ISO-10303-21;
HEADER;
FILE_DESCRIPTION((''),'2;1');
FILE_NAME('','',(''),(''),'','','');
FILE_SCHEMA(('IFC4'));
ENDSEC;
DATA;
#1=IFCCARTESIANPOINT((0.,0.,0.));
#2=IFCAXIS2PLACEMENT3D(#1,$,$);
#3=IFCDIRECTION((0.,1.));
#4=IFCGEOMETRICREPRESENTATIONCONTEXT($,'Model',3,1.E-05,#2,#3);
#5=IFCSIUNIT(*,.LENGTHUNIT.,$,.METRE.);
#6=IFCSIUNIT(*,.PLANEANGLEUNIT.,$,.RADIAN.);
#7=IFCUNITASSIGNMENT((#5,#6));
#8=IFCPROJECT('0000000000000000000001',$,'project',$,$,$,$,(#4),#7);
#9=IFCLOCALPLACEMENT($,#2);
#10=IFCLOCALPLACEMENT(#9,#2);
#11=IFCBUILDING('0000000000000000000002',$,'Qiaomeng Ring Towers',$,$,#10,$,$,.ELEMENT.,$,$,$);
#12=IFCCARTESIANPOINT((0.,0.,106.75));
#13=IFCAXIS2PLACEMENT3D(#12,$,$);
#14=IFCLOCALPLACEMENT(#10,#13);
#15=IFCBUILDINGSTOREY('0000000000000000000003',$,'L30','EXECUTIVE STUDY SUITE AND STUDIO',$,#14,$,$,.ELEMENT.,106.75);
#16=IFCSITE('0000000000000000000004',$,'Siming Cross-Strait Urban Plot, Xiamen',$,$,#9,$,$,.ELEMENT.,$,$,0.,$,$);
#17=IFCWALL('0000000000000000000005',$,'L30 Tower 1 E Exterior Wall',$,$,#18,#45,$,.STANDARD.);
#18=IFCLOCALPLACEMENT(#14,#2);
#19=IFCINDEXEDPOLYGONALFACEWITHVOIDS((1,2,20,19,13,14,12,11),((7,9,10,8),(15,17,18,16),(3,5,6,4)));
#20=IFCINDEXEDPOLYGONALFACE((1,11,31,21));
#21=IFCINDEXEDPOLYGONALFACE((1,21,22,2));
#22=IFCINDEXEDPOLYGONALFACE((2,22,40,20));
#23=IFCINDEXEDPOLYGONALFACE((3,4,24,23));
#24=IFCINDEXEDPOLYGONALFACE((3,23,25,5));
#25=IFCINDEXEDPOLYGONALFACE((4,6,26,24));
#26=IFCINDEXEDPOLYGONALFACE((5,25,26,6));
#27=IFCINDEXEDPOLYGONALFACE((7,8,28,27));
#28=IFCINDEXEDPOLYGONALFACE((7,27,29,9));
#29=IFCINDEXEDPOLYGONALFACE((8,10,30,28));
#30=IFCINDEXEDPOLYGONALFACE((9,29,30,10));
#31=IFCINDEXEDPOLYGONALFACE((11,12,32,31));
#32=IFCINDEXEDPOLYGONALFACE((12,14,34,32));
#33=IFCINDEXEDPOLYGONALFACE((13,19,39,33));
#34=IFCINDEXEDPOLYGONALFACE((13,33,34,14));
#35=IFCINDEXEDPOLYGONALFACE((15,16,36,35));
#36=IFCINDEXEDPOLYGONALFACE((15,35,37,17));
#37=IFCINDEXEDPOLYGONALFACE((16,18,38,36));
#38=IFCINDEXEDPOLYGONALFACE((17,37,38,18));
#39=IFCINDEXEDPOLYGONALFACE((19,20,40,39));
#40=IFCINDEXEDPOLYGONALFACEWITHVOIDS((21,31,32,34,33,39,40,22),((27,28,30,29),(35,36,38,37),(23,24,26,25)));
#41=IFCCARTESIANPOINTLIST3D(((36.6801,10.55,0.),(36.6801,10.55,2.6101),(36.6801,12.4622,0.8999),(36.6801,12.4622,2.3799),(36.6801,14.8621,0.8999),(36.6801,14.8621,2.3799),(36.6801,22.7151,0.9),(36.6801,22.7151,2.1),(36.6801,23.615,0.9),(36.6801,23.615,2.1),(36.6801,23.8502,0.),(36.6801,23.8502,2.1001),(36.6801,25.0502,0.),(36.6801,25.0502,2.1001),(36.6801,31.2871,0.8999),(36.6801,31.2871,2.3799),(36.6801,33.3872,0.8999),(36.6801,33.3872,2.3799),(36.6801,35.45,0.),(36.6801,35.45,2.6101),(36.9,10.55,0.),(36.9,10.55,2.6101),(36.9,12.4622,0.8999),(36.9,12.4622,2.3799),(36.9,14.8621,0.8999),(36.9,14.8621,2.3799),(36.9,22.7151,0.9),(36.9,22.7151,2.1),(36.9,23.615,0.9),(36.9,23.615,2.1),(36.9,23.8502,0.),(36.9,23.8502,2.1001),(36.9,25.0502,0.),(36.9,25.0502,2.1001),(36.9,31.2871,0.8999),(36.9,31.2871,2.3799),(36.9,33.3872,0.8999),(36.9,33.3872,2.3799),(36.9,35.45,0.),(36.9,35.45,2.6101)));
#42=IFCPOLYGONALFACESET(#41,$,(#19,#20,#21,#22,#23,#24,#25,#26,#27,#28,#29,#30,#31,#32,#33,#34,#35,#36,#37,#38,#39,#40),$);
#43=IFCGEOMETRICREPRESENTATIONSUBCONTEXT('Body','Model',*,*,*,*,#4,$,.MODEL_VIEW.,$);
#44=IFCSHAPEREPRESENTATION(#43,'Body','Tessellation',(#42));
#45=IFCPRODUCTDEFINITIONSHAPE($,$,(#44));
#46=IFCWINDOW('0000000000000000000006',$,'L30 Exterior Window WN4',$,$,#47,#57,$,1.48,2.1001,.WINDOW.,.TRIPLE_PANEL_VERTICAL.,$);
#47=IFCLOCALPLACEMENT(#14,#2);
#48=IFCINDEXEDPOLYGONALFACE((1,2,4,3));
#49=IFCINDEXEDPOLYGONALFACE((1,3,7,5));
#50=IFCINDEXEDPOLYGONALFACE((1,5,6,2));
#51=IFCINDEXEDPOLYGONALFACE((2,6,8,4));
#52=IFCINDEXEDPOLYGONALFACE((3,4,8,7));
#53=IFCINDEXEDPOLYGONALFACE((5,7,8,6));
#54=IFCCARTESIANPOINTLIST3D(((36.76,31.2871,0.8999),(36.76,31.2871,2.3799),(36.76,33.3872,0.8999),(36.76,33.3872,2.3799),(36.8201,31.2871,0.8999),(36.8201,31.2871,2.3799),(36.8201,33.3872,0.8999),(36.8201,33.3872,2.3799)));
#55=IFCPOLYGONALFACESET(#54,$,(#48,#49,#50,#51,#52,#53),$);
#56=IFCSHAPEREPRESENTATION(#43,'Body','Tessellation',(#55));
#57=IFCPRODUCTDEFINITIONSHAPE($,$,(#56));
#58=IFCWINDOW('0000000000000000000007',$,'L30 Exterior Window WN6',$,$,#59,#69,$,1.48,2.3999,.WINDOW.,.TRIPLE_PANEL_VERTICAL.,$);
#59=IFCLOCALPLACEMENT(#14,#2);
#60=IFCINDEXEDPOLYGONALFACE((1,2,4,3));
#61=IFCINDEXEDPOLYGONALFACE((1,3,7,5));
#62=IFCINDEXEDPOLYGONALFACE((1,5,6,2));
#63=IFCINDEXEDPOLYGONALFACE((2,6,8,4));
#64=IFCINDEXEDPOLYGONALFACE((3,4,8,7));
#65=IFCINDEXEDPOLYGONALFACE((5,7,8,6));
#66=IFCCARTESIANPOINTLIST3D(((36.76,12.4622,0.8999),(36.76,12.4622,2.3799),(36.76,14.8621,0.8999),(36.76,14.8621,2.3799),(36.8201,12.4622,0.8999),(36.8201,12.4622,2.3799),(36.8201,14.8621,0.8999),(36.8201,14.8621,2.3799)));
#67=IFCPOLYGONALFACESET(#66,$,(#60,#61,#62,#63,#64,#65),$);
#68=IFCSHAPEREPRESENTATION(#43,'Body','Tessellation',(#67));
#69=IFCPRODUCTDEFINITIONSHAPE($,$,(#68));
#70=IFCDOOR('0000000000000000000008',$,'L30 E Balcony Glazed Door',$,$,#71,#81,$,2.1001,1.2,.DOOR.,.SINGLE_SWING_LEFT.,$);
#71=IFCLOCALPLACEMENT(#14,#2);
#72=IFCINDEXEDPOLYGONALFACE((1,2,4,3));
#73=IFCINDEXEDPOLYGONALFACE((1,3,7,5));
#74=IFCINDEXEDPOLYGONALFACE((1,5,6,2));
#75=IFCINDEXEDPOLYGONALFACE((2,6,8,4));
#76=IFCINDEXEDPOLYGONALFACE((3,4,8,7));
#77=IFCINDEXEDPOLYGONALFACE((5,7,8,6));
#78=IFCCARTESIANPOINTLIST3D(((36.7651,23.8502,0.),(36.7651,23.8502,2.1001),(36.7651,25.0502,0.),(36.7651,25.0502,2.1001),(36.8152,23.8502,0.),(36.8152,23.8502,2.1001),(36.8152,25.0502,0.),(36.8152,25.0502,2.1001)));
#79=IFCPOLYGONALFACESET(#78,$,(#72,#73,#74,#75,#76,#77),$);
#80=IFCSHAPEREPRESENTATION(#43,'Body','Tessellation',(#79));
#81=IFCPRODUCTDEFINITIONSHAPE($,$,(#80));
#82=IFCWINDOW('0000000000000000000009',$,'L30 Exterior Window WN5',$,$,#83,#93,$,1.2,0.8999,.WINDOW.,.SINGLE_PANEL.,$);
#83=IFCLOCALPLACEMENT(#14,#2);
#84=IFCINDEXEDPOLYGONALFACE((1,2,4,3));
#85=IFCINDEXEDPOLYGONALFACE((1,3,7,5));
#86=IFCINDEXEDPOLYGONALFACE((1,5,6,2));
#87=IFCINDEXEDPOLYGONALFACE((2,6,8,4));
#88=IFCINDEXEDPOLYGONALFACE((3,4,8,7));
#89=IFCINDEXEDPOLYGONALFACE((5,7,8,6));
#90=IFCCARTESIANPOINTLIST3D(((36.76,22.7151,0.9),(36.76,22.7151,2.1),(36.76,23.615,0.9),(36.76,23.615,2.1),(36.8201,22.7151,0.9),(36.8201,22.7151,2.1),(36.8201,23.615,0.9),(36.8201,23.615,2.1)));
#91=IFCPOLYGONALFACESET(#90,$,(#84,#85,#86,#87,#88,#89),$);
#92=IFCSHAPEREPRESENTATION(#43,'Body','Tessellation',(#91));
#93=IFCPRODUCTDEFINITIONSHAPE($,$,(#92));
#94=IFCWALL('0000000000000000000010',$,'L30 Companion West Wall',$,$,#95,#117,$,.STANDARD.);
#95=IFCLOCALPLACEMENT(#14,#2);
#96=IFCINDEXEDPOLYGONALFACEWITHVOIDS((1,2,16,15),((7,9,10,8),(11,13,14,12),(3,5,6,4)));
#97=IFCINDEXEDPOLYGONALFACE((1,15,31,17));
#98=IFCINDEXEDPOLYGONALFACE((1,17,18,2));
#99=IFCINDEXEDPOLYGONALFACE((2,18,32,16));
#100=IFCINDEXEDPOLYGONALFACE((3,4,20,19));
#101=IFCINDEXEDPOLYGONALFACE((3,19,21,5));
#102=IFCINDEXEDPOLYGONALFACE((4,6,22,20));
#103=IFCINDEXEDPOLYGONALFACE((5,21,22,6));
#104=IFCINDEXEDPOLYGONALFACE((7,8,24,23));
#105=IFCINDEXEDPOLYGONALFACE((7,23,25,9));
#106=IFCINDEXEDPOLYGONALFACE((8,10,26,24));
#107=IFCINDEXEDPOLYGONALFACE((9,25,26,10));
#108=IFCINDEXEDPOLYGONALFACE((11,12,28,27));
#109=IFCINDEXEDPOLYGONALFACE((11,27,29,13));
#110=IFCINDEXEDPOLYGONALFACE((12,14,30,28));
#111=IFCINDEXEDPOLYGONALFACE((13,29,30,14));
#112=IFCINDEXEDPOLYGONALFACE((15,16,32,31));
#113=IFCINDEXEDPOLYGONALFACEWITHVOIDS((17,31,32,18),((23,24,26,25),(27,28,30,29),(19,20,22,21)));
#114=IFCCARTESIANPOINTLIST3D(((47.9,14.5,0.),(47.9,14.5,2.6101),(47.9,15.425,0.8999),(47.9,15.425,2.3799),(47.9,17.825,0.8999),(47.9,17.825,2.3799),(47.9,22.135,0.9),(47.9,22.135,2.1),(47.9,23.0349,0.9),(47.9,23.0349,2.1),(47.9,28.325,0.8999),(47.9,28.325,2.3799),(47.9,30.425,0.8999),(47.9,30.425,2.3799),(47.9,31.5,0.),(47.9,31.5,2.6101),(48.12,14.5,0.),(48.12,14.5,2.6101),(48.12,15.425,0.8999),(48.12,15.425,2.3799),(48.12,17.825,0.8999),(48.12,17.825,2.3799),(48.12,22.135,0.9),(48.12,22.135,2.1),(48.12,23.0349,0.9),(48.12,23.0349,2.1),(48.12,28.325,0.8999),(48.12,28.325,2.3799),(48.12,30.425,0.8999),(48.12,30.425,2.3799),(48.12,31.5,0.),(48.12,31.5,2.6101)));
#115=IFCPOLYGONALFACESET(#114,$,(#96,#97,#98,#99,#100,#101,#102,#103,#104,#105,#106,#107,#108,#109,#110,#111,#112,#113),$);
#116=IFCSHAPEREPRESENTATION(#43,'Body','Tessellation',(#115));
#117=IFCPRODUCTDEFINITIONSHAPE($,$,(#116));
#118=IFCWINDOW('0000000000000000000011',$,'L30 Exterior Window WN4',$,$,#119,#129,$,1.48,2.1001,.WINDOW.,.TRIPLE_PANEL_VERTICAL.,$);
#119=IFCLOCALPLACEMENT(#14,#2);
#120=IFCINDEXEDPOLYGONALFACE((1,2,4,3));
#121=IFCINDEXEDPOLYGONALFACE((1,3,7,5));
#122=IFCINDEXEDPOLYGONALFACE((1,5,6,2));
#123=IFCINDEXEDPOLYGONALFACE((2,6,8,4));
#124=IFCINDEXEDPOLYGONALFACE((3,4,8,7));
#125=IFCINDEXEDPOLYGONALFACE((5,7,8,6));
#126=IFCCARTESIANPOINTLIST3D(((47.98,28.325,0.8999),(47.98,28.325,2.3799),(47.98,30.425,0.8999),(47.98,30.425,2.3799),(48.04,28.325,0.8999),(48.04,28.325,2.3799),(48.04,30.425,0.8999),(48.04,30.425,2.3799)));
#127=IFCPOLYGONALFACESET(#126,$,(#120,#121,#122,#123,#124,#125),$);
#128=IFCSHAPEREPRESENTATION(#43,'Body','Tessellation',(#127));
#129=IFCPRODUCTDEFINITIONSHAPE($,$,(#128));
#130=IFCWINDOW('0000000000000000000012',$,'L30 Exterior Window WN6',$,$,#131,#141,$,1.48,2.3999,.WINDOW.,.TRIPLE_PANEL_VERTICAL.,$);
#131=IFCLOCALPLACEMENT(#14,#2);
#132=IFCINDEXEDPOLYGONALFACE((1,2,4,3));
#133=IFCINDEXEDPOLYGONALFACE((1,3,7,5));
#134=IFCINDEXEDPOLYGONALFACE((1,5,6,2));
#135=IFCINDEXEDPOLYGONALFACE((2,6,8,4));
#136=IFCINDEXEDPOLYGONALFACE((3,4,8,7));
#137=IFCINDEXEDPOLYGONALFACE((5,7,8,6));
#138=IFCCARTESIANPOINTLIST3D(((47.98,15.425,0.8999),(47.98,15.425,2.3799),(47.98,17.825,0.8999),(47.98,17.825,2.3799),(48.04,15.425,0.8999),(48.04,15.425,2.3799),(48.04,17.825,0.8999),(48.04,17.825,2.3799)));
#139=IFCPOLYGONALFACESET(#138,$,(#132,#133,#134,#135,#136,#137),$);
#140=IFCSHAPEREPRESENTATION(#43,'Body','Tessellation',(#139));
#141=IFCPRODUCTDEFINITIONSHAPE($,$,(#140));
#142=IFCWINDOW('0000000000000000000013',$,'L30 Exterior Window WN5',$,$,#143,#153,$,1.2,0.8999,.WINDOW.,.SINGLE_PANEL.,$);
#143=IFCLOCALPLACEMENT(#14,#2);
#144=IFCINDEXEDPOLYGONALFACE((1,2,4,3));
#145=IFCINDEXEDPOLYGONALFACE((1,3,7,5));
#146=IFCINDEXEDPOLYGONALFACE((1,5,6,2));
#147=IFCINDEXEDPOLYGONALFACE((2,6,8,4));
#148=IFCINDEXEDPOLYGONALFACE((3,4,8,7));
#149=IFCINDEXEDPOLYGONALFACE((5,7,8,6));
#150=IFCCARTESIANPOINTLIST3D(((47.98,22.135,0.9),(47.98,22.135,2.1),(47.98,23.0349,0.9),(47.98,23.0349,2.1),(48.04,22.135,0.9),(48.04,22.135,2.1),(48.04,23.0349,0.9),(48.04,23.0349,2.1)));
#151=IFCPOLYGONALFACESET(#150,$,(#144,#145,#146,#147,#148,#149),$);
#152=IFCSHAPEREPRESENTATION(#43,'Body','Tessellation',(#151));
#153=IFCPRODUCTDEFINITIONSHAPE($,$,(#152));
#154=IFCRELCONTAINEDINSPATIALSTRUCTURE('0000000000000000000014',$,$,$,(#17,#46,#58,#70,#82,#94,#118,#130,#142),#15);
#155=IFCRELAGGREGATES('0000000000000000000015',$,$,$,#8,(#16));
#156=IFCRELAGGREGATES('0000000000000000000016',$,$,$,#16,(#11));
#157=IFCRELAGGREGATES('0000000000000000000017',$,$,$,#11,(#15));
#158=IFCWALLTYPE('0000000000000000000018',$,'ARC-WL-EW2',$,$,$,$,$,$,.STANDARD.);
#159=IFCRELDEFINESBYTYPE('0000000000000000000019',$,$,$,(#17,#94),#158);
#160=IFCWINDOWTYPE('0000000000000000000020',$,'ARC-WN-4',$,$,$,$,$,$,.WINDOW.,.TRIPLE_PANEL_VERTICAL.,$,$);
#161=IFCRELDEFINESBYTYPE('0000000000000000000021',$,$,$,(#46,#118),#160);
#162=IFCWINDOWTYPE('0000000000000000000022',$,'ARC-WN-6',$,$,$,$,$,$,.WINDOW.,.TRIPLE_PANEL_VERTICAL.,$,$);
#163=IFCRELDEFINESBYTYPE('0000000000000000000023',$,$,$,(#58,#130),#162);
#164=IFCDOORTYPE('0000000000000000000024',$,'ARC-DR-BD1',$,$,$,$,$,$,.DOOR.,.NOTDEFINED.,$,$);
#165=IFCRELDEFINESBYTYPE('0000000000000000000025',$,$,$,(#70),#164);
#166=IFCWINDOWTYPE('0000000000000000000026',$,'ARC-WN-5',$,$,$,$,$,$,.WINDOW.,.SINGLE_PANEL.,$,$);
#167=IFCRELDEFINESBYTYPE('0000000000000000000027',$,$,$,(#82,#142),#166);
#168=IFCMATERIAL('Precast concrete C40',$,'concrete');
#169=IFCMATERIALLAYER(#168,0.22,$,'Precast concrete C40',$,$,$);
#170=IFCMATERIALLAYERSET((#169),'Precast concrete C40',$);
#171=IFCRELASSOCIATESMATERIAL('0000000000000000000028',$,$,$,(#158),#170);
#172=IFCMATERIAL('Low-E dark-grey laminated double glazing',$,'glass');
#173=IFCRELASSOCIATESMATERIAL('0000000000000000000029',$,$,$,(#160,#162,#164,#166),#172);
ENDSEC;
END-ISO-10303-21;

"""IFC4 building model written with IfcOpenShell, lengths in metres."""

from ifc_helpers import new_model, si_unit, direction, frame, frame_2d, origin, place, context, subcontext, project, spatial, rectangle, extrude, source, transform, mapped, material, layer, layer_set, type_object, element, fill, save


model = new_model("IFC4")

# Units and contexts
model_context = context("Model", 3, precision=1e-05, world=origin(), true_north=direction((0.0, 1.0)))
body_context = subcontext(model_context, "Body", "Model", "MODEL_VIEW")
ifc_project = project(units=[si_unit("LENGTHUNIT", "METRE"), si_unit("PLANEANGLEUNIT", "RADIAN")], contexts=[model_context])

# Site, building, storey
site_placement = place(None, origin())
site = spatial("IfcSite", under=ifc_project, at=site_placement, Name="Siming Cross-Strait Urban Plot, Xiamen", CompositionType="ELEMENT", RefElevation=0.0)
building_placement = place(site_placement, origin())
building = spatial("IfcBuilding", under=site, at=building_placement, Name="Qiaomeng Ring Towers", CompositionType="ELEMENT")
storey_placement = place(building_placement, frame((0.0, 0.0, 106.75)))
storey = spatial("IfcBuildingStorey", under=building, at=storey_placement, Name="L30", Description="EXECUTIVE STUDY SUITE AND STUDIO", CompositionType="ELEMENT", Elevation=106.75)

# Shared definitions
ifc_material_1 = material(Name="Low-E dark-grey laminated double glazing", Category="glass")

# Wall, openings, windows, door
ifc_material_2 = material(Name="Precast concrete C40", Category="concrete")
ifc_layer_1 = layer(ifc_material_2, 0.22, Name="Precast concrete C40")
ifc_layer_set_1 = layer_set([ifc_layer_1], Name="Precast concrete C40")
wall_type_1 = type_object("IfcWallType", Name="ARC-WL-EW2", PredefinedType="STANDARD", material=ifc_layer_set_1)
wall_1_placement = place(storey_placement, frame((36.79, 10.55, 0.0), z_axis=(0.0, 0.0, 1.0), x_axis=(0.0, 1.0, 0.0)))
wall_1 = element("IfcWall", 1, at=wall_1_placement, inside=storey, type_object=wall_type_1, Name="L30 Tower 1 E Exterior Wall", PredefinedType="STANDARD", context=body_context, shape_type="SweptSolid", body=[
    extrude(rectangle(XDim=24.8999, YDim=0.22, at=frame_2d((12.45, 0.0))), origin(), (0.0, 0.0, 1.0), 2.6101),
])
opening_1_placement = place(wall_1_placement, frame((13.3, 0.0, 0.0)))
opening_1 = element("IfcOpeningElement", 2, at=opening_1_placement, cuts=wall_1, PredefinedType="OPENING", context=body_context, shape_type="SweptSolid", body=[
    extrude(rectangle(XDim=1.2, YDim=2.1001, at=frame_2d((0.6001, 1.05))), frame((0.0, 0.1199, 0.0), z_axis=(0.0, -1.0, 0.0), x_axis=(1.0, 0.0, 0.0)), (0.0, 0.0, 1.0), 0.24),
])
opening_2_placement = place(wall_1_placement, frame((1.9121, 0.0, 0.8999)))
opening_2 = element("IfcOpeningElement", 3, at=opening_2_placement, cuts=wall_1, PredefinedType="OPENING", context=body_context, shape_type="SweptSolid", body=[
    extrude(rectangle(XDim=2.3999, YDim=1.48, at=frame_2d((1.2, 0.74))), frame((0.0, 0.1199, 0.0), z_axis=(0.0, -1.0, 0.0), x_axis=(1.0, 0.0, 0.0)), (0.0, 0.0, 1.0), 0.24),
])
opening_3_placement = place(wall_1_placement, frame((20.7371, 0.0, 0.8999)))
opening_3 = element("IfcOpeningElement", 4, at=opening_3_placement, cuts=wall_1, PredefinedType="OPENING", context=body_context, shape_type="SweptSolid", body=[
    extrude(rectangle(XDim=2.1001, YDim=1.48, at=frame_2d((1.05, 0.74))), frame((0.0, 0.1199, 0.0), z_axis=(0.0, -1.0, 0.0), x_axis=(1.0, 0.0, 0.0)), (0.0, 0.0, 1.0), 0.24),
])
opening_4_placement = place(wall_1_placement, frame((12.165, 0.0, 0.8999)))
opening_4 = element("IfcOpeningElement", 5, at=opening_4_placement, cuts=wall_1, PredefinedType="OPENING", context=body_context, shape_type="SweptSolid", body=[
    extrude(rectangle(XDim=0.8999, YDim=1.2, at=frame_2d((0.45, 0.6001))), frame((0.0, 0.1199, 0.0), z_axis=(0.0, -1.0, 0.0), x_axis=(1.0, 0.0, 0.0)), (0.0, 0.0, 1.0), 0.24),
])
window_type_1 = type_object("IfcWindowType", Name="ARC-WN-4", PartitioningType="TRIPLE_PANEL_VERTICAL", PredefinedType="WINDOW", material=ifc_material_1)
shared_shape_1 = source(origin(), body_context, "Body", "SweptSolid", [
    extrude(rectangle(XDim=2.1001, YDim=1.48, at=frame_2d((1.05, 0.74))), frame((0.0, 0.03, 0.0), z_axis=(0.0, -1.0, 0.0), x_axis=(1.0, 0.0, 0.0)), (0.0, 0.0, 1.0), 0.0601),
])
window_1_placement = place(opening_3_placement, origin())
window_1 = element("IfcWindow", 6, at=window_1_placement, inside=storey, type_object=window_type_1, Name="L30 Exterior Window WN4", OverallHeight=1.48, OverallWidth=2.1001, PartitioningType="TRIPLE_PANEL_VERTICAL", PredefinedType="WINDOW", context=body_context, shape_type="MappedRepresentation", body=[
    mapped(shared_shape_1, transform((0.0, 0.0, 0.0), x_axis=(1.0, 0.0, 0.0), y_axis=(0.0, 1.0, 0.0), z_axis=(0.0, 0.0, 1.0), scale=1.0)),
])
fill(opening_3, window_1)
window_type_2 = type_object("IfcWindowType", Name="ARC-WN-6", PartitioningType="TRIPLE_PANEL_VERTICAL", PredefinedType="WINDOW", material=ifc_material_1)
shared_shape_2 = source(origin(), body_context, "Body", "SweptSolid", [
    extrude(rectangle(XDim=2.3999, YDim=1.48, at=frame_2d((1.2, 0.74))), frame((0.0, 0.03, 0.0), z_axis=(0.0, -1.0, 0.0), x_axis=(1.0, 0.0, 0.0)), (0.0, 0.0, 1.0), 0.0601),
])
window_2_placement = place(opening_2_placement, origin())
window_2 = element("IfcWindow", 7, at=window_2_placement, inside=storey, type_object=window_type_2, Name="L30 Exterior Window WN6", OverallHeight=1.48, OverallWidth=2.3999, PartitioningType="TRIPLE_PANEL_VERTICAL", PredefinedType="WINDOW", context=body_context, shape_type="MappedRepresentation", body=[
    mapped(shared_shape_2, transform((0.0, 0.0, 0.0), x_axis=(1.0, 0.0, 0.0), y_axis=(0.0, 1.0, 0.0), z_axis=(0.0, 0.0, 1.0), scale=1.0)),
])
fill(opening_2, window_2)
door_type = type_object("IfcDoorType", Name="ARC-DR-BD1", OperationType="NOTDEFINED", PredefinedType="DOOR", material=ifc_material_1)
shared_shape_3 = source(origin(), body_context, "Body", "SweptSolid", [
    extrude(rectangle(XDim=1.2, YDim=2.1001, at=frame_2d((0.6001, 1.05))), frame((0.0, 0.0249, 0.0), z_axis=(0.0, -1.0, 0.0), x_axis=(1.0, 0.0, 0.0)), (0.0, 0.0, 1.0), 0.05),
])
door_placement = place(opening_1_placement, origin())
door = element("IfcDoor", 8, at=door_placement, inside=storey, type_object=door_type, Name="L30 E Balcony Glazed Door", OperationType="SINGLE_SWING_LEFT", OverallHeight=2.1001, OverallWidth=1.2, PredefinedType="DOOR", context=body_context, shape_type="MappedRepresentation", body=[
    mapped(shared_shape_3, transform((0.0, 0.0, 0.0), x_axis=(1.0, 0.0, 0.0), y_axis=(0.0, 1.0, 0.0), z_axis=(0.0, 0.0, 1.0), scale=1.0)),
])
fill(opening_1, door)
window_type_3 = type_object("IfcWindowType", Name="ARC-WN-5", PartitioningType="SINGLE_PANEL", PredefinedType="WINDOW", material=ifc_material_1)
shared_shape_4 = source(origin(), body_context, "Body", "SweptSolid", [
    extrude(rectangle(XDim=0.8999, YDim=1.2, at=frame_2d((0.45, 0.6001))), frame((0.0, 0.03, 0.0), z_axis=(0.0, -1.0, 0.0), x_axis=(1.0, 0.0, 0.0)), (0.0, 0.0, 1.0), 0.0601),
])
window_3_placement = place(opening_4_placement, origin())
window_3 = element("IfcWindow", 9, at=window_3_placement, inside=storey, type_object=window_type_3, Name="L30 Exterior Window WN5", OverallHeight=1.2, OverallWidth=0.8999, PartitioningType="SINGLE_PANEL", PredefinedType="WINDOW", context=body_context, shape_type="MappedRepresentation", body=[
    mapped(shared_shape_4, transform((0.0, 0.0, 0.0), x_axis=(1.0, 0.0, 0.0), y_axis=(0.0, 1.0, 0.0), z_axis=(0.0, 0.0, 1.0), scale=1.0)),
])
fill(opening_4, window_3)

# Wall, openings, windows
wall_2_placement = place(storey_placement, frame((48.01, 14.5, 0.0), z_axis=(0.0, 0.0, 1.0), x_axis=(0.0, 1.0, 0.0)))
wall_2 = element("IfcWall", 10, at=wall_2_placement, inside=storey, type_object=wall_type_1, Name="L30 Companion West Wall", PredefinedType="STANDARD", context=body_context, shape_type="SweptSolid", body=[
    extrude(rectangle(XDim=17.0, YDim=0.22, at=frame_2d((8.5, 0.0))), origin(), (0.0, 0.0, 1.0), 2.6101),
])
opening_5_placement = place(wall_2_placement, frame((0.925, 0.0, 0.8999)))
opening_5 = element("IfcOpeningElement", 11, at=opening_5_placement, cuts=wall_2, PredefinedType="OPENING", context=body_context, shape_type="SweptSolid", body=[
    extrude(rectangle(XDim=2.3999, YDim=1.48, at=frame_2d((1.2, 0.74))), frame((0.0, 0.1199, 0.0), z_axis=(0.0, -1.0, 0.0), x_axis=(1.0, 0.0, 0.0)), (0.0, 0.0, 1.0), 0.24),
])
opening_6_placement = place(wall_2_placement, frame((13.825, 0.0, 0.8999)))
opening_6 = element("IfcOpeningElement", 12, at=opening_6_placement, cuts=wall_2, PredefinedType="OPENING", context=body_context, shape_type="SweptSolid", body=[
    extrude(rectangle(XDim=2.1001, YDim=1.48, at=frame_2d((1.05, 0.74))), frame((0.0, 0.1199, 0.0), z_axis=(0.0, -1.0, 0.0), x_axis=(1.0, 0.0, 0.0)), (0.0, 0.0, 1.0), 0.24),
])
opening_7_placement = place(wall_2_placement, frame((7.635, 0.0, 0.8999)))
opening_7 = element("IfcOpeningElement", 13, at=opening_7_placement, cuts=wall_2, PredefinedType="OPENING", context=body_context, shape_type="SweptSolid", body=[
    extrude(rectangle(XDim=0.8999, YDim=1.2, at=frame_2d((0.45, 0.6001))), frame((0.0, 0.1199, 0.0), z_axis=(0.0, -1.0, 0.0), x_axis=(1.0, 0.0, 0.0)), (0.0, 0.0, 1.0), 0.24),
])
window_4_placement = place(opening_6_placement, origin())
window_4 = element("IfcWindow", 14, at=window_4_placement, inside=storey, type_object=window_type_1, Name="L30 Exterior Window WN4", OverallHeight=1.48, OverallWidth=2.1001, PartitioningType="TRIPLE_PANEL_VERTICAL", PredefinedType="WINDOW", context=body_context, shape_type="MappedRepresentation", body=[
    mapped(shared_shape_1, transform((0.0, 0.0, 0.0), x_axis=(1.0, 0.0, 0.0), y_axis=(0.0, 1.0, 0.0), z_axis=(0.0, 0.0, 1.0), scale=1.0)),
])
fill(opening_6, window_4)
window_5_placement = place(opening_5_placement, origin())
window_5 = element("IfcWindow", 15, at=window_5_placement, inside=storey, type_object=window_type_2, Name="L30 Exterior Window WN6", OverallHeight=1.48, OverallWidth=2.3999, PartitioningType="TRIPLE_PANEL_VERTICAL", PredefinedType="WINDOW", context=body_context, shape_type="MappedRepresentation", body=[
    mapped(shared_shape_2, transform((0.0, 0.0, 0.0), x_axis=(1.0, 0.0, 0.0), y_axis=(0.0, 1.0, 0.0), z_axis=(0.0, 0.0, 1.0), scale=1.0)),
])
fill(opening_5, window_5)
window_6_placement = place(opening_7_placement, origin())
window_6 = element("IfcWindow", 16, at=window_6_placement, inside=storey, type_object=window_type_3, Name="L30 Exterior Window WN5", OverallHeight=1.2, OverallWidth=0.8999, PartitioningType="SINGLE_PANEL", PredefinedType="WINDOW", context=body_context, shape_type="MappedRepresentation", body=[
    mapped(shared_shape_4, transform((0.0, 0.0, 0.0), x_axis=(1.0, 0.0, 0.0), y_axis=(0.0, 1.0, 0.0), z_axis=(0.0, 0.0, 1.0), scale=1.0)),
])
fill(opening_7, window_6)

save(model, "model.ifc")
